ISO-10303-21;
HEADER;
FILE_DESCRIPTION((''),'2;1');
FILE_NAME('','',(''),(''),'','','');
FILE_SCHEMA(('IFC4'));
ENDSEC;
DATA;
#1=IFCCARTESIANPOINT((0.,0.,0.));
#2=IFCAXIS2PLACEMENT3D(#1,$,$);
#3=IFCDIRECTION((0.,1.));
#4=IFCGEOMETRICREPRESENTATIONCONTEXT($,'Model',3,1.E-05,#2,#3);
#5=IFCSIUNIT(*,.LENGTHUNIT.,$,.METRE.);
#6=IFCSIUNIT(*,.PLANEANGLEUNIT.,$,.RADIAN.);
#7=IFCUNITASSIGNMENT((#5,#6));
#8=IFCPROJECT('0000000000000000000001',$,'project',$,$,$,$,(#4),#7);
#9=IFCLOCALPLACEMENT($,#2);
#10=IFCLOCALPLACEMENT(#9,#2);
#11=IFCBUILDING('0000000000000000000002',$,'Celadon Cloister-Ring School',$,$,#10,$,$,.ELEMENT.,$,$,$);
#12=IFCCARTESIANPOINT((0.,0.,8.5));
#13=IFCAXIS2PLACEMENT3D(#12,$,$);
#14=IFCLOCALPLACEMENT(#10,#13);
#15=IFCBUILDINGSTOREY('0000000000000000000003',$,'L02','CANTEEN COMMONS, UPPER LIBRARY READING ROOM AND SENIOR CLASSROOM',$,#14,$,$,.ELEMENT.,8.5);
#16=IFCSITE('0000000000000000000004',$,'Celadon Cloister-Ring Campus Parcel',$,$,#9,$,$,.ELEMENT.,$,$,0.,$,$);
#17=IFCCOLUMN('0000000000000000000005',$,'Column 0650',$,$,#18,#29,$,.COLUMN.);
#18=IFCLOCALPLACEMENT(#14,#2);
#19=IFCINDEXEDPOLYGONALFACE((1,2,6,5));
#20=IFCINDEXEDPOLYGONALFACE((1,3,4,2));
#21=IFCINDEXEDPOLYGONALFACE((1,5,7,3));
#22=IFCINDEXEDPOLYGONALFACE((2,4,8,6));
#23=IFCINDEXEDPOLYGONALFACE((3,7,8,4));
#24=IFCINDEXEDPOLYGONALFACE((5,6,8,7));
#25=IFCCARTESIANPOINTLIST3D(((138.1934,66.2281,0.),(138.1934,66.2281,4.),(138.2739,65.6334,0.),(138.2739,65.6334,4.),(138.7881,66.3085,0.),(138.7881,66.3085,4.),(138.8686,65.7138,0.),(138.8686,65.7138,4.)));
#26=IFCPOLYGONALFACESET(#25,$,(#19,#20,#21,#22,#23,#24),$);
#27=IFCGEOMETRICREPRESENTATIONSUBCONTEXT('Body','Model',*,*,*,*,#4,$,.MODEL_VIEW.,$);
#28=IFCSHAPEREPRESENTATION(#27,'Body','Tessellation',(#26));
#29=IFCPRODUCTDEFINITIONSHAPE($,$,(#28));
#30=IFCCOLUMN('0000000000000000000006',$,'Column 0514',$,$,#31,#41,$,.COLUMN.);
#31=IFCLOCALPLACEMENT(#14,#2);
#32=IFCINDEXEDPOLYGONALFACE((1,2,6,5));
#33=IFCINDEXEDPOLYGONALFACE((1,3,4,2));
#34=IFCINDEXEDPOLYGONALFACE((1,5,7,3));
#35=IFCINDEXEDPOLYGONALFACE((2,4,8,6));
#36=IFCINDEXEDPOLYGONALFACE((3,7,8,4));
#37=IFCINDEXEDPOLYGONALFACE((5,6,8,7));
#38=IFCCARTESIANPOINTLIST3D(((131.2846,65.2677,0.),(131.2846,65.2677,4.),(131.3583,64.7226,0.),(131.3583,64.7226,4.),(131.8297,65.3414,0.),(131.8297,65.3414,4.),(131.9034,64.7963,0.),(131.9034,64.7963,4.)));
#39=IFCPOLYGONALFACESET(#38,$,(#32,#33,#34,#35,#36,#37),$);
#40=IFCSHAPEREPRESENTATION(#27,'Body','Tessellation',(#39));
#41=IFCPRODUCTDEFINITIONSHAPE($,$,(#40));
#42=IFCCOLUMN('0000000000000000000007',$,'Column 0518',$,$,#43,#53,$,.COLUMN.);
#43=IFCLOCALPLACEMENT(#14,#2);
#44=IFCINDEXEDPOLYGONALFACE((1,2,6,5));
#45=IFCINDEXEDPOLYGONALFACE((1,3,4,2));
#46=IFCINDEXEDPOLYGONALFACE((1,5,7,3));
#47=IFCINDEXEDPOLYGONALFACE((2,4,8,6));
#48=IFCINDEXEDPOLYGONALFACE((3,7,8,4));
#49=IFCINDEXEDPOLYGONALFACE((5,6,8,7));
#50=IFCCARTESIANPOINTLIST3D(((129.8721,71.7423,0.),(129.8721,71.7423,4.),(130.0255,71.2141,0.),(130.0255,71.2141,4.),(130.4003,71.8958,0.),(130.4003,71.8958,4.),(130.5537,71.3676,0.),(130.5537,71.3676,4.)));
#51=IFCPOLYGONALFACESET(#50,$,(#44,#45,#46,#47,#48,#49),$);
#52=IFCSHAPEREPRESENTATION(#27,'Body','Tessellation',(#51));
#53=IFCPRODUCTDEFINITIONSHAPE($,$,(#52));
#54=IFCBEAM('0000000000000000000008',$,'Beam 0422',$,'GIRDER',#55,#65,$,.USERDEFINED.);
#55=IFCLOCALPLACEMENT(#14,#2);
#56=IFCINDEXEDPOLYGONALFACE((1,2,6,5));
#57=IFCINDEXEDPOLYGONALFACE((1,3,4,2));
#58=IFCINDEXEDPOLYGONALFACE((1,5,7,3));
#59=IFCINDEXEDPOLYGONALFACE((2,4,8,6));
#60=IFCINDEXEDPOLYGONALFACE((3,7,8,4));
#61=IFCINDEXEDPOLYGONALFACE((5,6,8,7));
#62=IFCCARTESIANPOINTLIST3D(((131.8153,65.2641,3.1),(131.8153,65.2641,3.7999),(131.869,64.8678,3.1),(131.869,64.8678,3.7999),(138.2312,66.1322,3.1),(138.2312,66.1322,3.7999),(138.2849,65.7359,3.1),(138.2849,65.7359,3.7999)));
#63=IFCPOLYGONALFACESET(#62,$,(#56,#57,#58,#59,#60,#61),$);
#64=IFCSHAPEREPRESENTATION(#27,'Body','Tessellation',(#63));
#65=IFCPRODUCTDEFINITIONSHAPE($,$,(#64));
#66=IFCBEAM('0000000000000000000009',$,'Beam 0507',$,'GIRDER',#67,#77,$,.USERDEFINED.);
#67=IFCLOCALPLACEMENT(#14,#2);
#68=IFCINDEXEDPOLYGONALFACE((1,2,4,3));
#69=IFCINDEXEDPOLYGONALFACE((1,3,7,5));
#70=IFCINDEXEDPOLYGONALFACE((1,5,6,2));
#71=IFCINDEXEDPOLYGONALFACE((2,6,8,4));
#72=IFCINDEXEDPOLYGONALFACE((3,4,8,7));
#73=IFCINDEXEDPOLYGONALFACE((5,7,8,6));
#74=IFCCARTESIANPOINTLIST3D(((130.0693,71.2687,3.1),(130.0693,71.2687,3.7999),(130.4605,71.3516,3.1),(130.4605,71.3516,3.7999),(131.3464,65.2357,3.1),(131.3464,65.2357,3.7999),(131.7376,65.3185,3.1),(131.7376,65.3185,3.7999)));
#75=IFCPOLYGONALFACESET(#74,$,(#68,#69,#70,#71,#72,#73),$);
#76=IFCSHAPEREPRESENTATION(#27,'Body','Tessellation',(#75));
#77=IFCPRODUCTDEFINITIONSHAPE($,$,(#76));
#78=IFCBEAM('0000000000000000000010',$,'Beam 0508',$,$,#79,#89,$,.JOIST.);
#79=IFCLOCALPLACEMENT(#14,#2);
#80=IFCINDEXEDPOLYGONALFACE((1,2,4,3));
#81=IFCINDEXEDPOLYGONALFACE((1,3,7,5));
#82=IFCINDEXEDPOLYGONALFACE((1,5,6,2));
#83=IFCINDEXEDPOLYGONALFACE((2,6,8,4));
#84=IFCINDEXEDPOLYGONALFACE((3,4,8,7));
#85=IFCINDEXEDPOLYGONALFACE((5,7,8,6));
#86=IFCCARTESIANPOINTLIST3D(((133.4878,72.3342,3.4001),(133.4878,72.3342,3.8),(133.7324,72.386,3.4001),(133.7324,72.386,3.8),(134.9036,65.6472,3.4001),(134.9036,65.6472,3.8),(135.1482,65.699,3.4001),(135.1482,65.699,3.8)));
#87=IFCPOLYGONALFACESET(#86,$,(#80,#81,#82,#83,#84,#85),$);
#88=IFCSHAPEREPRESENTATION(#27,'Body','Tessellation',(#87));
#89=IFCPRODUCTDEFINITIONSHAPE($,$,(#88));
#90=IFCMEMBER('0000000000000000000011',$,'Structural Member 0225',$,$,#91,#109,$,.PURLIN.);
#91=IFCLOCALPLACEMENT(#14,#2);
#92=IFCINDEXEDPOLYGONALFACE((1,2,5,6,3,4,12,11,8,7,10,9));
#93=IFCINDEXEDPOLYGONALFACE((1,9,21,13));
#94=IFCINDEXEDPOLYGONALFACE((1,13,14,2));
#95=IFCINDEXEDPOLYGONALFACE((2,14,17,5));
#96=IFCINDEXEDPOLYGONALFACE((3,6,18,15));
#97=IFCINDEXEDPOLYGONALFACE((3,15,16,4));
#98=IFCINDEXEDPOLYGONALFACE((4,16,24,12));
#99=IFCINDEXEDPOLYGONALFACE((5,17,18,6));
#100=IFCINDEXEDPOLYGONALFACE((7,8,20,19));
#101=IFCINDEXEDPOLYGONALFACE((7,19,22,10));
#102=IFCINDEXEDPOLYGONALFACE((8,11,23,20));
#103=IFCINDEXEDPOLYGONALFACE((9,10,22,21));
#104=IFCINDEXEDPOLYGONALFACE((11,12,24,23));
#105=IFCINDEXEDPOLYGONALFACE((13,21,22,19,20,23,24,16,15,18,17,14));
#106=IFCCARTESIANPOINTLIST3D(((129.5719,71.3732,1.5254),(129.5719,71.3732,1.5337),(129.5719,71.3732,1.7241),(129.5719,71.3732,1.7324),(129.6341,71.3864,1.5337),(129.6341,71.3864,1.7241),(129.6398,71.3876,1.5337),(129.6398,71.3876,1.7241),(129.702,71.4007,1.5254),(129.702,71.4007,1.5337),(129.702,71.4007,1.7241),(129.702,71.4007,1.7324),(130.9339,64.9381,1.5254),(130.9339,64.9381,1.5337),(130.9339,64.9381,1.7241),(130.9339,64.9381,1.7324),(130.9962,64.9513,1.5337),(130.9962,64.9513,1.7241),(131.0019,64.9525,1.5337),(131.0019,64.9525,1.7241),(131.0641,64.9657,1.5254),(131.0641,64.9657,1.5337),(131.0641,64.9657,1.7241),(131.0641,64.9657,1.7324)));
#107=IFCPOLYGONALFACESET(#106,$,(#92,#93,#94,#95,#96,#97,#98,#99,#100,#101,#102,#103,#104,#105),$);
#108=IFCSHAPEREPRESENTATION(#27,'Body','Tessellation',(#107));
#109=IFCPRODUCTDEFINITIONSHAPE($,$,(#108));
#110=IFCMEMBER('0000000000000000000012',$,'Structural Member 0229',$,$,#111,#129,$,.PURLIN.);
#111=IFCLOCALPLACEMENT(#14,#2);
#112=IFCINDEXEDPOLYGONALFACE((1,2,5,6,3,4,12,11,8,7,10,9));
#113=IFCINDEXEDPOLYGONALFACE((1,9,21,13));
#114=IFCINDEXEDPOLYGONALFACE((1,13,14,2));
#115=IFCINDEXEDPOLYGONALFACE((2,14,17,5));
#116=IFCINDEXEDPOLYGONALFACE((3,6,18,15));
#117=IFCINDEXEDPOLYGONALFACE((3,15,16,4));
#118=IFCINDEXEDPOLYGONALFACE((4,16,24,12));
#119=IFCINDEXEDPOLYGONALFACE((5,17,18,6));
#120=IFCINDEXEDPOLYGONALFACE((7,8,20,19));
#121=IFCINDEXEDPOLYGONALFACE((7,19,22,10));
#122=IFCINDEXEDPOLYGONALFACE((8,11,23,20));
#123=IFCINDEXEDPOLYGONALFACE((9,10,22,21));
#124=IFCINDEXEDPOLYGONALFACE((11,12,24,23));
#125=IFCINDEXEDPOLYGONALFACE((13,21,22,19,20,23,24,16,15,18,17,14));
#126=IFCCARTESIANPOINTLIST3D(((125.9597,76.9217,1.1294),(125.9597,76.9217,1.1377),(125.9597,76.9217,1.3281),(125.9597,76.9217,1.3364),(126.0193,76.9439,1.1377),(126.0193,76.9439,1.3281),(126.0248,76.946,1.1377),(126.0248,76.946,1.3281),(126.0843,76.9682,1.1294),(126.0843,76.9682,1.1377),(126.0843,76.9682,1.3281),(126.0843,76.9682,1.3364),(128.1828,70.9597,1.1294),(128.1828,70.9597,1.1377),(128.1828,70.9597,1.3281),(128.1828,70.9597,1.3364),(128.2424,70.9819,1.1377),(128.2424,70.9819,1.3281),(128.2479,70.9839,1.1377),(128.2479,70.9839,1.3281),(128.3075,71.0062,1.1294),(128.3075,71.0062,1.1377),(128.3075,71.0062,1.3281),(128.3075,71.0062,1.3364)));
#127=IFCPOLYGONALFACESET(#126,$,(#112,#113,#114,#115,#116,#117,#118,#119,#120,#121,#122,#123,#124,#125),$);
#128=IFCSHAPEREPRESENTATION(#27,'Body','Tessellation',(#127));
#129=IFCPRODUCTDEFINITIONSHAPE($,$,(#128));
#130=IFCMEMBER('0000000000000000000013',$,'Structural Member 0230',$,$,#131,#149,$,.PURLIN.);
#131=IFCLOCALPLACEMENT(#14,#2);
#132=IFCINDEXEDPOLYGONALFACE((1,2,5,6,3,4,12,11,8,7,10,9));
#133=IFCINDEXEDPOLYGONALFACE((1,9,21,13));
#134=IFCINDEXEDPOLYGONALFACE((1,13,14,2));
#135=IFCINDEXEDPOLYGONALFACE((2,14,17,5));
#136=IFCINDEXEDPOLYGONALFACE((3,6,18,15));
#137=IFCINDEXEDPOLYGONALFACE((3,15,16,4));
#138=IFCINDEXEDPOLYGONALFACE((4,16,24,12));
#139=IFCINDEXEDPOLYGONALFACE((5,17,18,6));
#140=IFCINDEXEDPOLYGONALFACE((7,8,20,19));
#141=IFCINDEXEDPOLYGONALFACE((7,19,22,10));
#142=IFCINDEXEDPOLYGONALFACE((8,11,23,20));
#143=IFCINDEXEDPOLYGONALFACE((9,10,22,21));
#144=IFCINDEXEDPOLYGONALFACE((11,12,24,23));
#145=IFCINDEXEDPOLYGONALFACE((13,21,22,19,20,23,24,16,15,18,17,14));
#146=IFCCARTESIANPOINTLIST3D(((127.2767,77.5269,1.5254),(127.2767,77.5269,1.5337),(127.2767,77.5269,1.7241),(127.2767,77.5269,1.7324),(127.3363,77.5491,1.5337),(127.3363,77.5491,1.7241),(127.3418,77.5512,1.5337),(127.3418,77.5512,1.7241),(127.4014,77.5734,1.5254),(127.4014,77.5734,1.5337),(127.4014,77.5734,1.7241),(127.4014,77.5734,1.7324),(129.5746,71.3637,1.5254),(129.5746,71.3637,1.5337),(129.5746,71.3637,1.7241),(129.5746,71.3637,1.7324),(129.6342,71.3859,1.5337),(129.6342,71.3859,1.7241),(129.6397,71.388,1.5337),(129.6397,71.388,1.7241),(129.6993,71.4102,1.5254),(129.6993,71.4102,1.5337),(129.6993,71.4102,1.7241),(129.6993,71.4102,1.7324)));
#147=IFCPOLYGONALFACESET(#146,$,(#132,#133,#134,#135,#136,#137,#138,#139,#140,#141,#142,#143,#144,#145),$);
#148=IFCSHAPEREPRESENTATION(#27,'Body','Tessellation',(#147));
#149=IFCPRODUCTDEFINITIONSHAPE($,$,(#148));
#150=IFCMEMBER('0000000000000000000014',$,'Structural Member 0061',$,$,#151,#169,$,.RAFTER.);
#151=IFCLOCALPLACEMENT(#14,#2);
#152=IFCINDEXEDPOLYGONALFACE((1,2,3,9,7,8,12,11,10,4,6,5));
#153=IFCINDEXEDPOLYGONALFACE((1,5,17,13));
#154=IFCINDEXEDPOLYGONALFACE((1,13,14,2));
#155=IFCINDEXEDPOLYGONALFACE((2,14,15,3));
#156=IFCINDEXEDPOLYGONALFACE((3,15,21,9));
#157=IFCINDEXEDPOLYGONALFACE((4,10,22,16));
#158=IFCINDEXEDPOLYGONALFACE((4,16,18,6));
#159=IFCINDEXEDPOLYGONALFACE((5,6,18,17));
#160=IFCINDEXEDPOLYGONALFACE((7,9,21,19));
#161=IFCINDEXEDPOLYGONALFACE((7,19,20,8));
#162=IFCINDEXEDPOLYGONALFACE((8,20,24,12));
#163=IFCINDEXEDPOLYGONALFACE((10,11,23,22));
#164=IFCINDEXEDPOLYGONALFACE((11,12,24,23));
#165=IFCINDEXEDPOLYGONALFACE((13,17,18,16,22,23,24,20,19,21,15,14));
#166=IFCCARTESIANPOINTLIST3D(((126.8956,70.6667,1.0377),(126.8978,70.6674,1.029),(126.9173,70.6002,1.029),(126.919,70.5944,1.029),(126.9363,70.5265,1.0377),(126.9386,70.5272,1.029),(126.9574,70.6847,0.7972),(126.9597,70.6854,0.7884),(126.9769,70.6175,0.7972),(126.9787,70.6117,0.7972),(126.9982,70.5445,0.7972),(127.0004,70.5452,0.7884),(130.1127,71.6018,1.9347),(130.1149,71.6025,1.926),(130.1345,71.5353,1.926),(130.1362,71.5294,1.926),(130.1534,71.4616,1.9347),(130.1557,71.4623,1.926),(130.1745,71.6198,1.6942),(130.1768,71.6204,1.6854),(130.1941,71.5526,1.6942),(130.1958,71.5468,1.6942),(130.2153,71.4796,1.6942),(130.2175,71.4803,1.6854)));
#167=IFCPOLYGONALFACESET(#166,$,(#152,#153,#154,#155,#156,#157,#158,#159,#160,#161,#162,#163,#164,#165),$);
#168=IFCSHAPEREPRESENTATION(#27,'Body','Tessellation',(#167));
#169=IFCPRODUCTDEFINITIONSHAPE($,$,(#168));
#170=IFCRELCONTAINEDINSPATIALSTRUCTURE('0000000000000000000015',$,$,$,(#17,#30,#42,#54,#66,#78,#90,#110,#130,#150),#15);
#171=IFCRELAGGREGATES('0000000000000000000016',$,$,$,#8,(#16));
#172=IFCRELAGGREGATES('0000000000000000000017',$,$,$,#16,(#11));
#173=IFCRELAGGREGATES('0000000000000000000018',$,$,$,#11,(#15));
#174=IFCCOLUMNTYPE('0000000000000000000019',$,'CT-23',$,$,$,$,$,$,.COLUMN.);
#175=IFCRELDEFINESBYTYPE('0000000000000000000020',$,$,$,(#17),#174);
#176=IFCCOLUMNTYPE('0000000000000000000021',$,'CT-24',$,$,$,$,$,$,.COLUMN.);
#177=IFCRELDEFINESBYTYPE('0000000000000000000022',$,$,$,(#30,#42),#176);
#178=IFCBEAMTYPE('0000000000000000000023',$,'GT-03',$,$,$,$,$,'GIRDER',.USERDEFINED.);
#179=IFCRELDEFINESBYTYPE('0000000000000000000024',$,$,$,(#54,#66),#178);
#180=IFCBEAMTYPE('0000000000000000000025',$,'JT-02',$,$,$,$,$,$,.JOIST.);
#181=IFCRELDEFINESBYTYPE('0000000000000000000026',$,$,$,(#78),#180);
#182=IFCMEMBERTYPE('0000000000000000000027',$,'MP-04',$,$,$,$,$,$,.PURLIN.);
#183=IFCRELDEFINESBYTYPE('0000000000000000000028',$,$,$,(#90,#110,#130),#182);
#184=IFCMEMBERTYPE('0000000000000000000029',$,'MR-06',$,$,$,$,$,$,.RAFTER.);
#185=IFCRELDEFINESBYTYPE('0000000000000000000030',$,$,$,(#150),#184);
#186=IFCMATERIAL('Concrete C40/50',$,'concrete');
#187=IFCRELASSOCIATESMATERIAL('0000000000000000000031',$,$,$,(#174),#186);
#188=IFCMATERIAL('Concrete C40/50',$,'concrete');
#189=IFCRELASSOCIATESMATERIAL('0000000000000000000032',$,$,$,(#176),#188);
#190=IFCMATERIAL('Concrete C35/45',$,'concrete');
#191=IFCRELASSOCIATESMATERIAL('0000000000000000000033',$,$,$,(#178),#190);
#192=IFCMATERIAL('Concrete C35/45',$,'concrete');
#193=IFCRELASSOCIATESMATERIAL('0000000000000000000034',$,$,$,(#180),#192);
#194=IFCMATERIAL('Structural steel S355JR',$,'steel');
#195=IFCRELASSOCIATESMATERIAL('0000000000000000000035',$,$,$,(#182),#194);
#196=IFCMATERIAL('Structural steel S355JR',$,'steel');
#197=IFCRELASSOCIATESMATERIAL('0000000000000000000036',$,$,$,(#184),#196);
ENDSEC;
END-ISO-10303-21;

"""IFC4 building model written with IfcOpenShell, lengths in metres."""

from ifc_helpers import new_model, si_unit, direction, frame, origin, origin_2d, place, context, subcontext, project, spatial, rectangle, i_section, extrude, material, material_profile, profile_set, type_object, element, save


model = new_model("IFC4")

# Units and contexts
model_context = context("Model", 3, precision=1e-05, world=origin(), true_north=direction((0.0, 1.0)))
body_context = subcontext(model_context, "Body", "Model", "MODEL_VIEW")
ifc_project = project(units=[si_unit("LENGTHUNIT", "METRE"), si_unit("PLANEANGLEUNIT", "RADIAN")], contexts=[model_context])

# Site, building, storey
site_placement = place(None, origin())
site = spatial("IfcSite", under=ifc_project, at=site_placement, Name="Celadon Cloister-Ring Campus Parcel", CompositionType="ELEMENT", RefElevation=0.0)
building_placement = place(site_placement, origin())
building = spatial("IfcBuilding", under=site, at=building_placement, Name="Celadon Cloister-Ring School", CompositionType="ELEMENT")
storey_placement = place(building_placement, frame((0.0, 0.0, 8.5)))
storey = spatial("IfcBuildingStorey", under=building, at=storey_placement, Name="L02", Description="CANTEEN COMMONS, UPPER LIBRARY READING ROOM AND SENIOR CLASSROOM", CompositionType="ELEMENT", Elevation=8.5)

# Columns
ifc_material_1 = material(Name="Concrete C40/50", Category="concrete")
ifc_material_profile_1 = material_profile(ifc_material_1, rectangle(XDim=0.6001, YDim=0.6001, at=origin_2d()), Name="RC600X600")
ifc_profile_set_1 = profile_set([ifc_material_profile_1], Name="Concrete C40/50")
column_type_1 = type_object("IfcColumnType", Name="CT-23", PredefinedType="COLUMN", material=ifc_profile_set_1)
column_placement = place(storey_placement, frame((138.531, 65.9709, 0.0), z_axis=(0.0, 0.0, 1.0), x_axis=(0.990974, 0.134055, 0.0)))
element("IfcColumn", 1, at=column_placement, inside=storey, type_object=column_type_1, Name="Column 0650", PredefinedType="COLUMN", context=body_context, shape_type="SweptSolid", body=[
    extrude(rectangle(XDim=0.6001, YDim=0.6001, at=origin_2d()), origin(), (0.0, 0.0, 1.0), 4.0),
])
ifc_material_2 = material(Name="Concrete C40/50", Category="concrete")
ifc_material_profile_2 = material_profile(ifc_material_2, rectangle(XDim=0.55, YDim=0.55, at=origin_2d()), Name="RC550X550")
ifc_profile_set_2 = profile_set([ifc_material_profile_2], Name="Concrete C40/50")
column_type_2 = type_object("IfcColumnType", Name="CT-24", PredefinedType="COLUMN", material=ifc_profile_set_2)
for number, where, z_axis, x_axis, name in (
    (2, (131.594, 65.032, 0.0), (0.0, 0.0, 1.0), (0.990974, 0.134055, 0.0), "Column 0514"),
    (3, (130.2129, 71.5549, 0.0), (0.0, 0.0, 1.0), (0.960294, 0.278991, 0.0), "Column 0518"),
):
    element("IfcColumn", number, at=place(storey_placement, frame(where, z_axis=z_axis, x_axis=x_axis)), inside=storey, type_object=column_type_2, Name=name, PredefinedType="COLUMN", context=body_context, shape_type="SweptSolid", body=[
        extrude(rectangle(XDim=0.55, YDim=0.55, at=origin_2d()), origin(), (0.0, 0.0, 1.0), 4.0),
    ])

# Beams
ifc_material_3 = material(Name="Concrete C35/45", Category="concrete")
ifc_material_profile_3 = material_profile(ifc_material_3, rectangle(XDim=0.3999, YDim=0.7, at=origin_2d()), Name="RC400X700")
ifc_profile_set_3 = profile_set([ifc_material_profile_3], Name="Concrete C35/45")
beam_type_1 = type_object("IfcBeamType", Name="GT-03", ElementType="GIRDER", PredefinedType="USERDEFINED", material=ifc_profile_set_3)
beam_1_placement = place(storey_placement, frame((138.2581, 65.9341, 3.45), z_axis=(-0.990969, -0.13409, 0.0), x_axis=(0.13409, -0.990969, 0.0)))
element("IfcBeam", 4, at=beam_1_placement, inside=storey, type_object=beam_type_1, Name="Beam 0422", ObjectType="GIRDER", PredefinedType="USERDEFINED", context=body_context, shape_type="SweptSolid", body=[
    extrude(rectangle(XDim=0.3999, YDim=0.7, at=origin_2d()), origin(), (0.0, 0.0, 1.0), 6.4744),
])
beam_2_placement = place(storey_placement, frame((131.542, 65.2771, 3.45), z_axis=(-0.207098, 0.97832, 0.0), x_axis=(-0.97832, -0.207098, 0.0)))
element("IfcBeam", 5, at=beam_2_placement, inside=storey, type_object=beam_type_1, Name="Beam 0507", ObjectType="GIRDER", PredefinedType="USERDEFINED", context=body_context, shape_type="SweptSolid", body=[
    extrude(rectangle(XDim=0.3999, YDim=0.7, at=origin_2d()), origin(), (0.0, 0.0, 1.0), 6.1667),
])
ifc_material_4 = material(Name="Concrete C35/45", Category="concrete")
ifc_material_profile_4 = material_profile(ifc_material_4, rectangle(XDim=0.25, YDim=0.3999, at=origin_2d()), Name="RC250X400")
ifc_profile_set_4 = profile_set([ifc_material_profile_4], Name="Concrete C35/45")
beam_type_2 = type_object("IfcBeamType", Name="JT-02", PredefinedType="JOIST", material=ifc_profile_set_4)
beam_3_placement = place(storey_placement, frame((135.0259, 65.6731, 3.6001), z_axis=(-0.207128, 0.978314, 0.0), x_axis=(-0.978314, -0.207128, 0.0)))
element("IfcBeam", 6, at=beam_3_placement, inside=storey, type_object=beam_type_2, Name="Beam 0508", PredefinedType="JOIST", context=body_context, shape_type="SweptSolid", body=[
    extrude(rectangle(XDim=0.25, YDim=0.3999, at=origin_2d()), origin(), (0.0, 0.0, 1.0), 6.8352),
])

# Members
ifc_material_5 = material(Name="Structural steel S355JR", Category="steel")
ifc_material_profile_5 = material_profile(ifc_material_5, i_section(OverallWidth=0.1331, OverallDepth=0.207, WebThickness=0.0059, FlangeThickness=0.0083, at=origin_2d()), Name="W200X27")
ifc_profile_set_5 = profile_set([ifc_material_profile_5], Name="Structural steel S355JR")
member_type_1 = type_object("IfcMemberType", Name="MP-04", PredefinedType="PURLIN", material=ifc_profile_set_5)
member_1_placement = place(storey_placement, frame((130.999, 64.9519, 1.6289), z_axis=(-0.207075, 0.978325, 0.0), x_axis=(-0.978325, -0.207075, 0.0)))
element("IfcMember", 7, at=member_1_placement, inside=storey, type_object=member_type_1, Name="Structural Member 0225", PredefinedType="PURLIN", context=body_context, shape_type="SweptSolid", body=[
    extrude(i_section(OverallWidth=0.1331, OverallDepth=0.207, WebThickness=0.0059, FlangeThickness=0.0083, at=origin_2d()), origin(), (0.0, 0.0, 1.0), 6.5776),
])
member_2_placement = place(storey_placement, frame((128.2451, 70.9829, 1.2329), z_axis=(-0.349378, 0.936982, 0.0), x_axis=(-0.936982, -0.349378, 0.0)))
element("IfcMember", 8, at=member_2_placement, inside=storey, type_object=member_type_1, Name="Structural Member 0229", PredefinedType="PURLIN", context=body_context, shape_type="SweptSolid", body=[
    extrude(i_section(OverallWidth=0.1331, OverallDepth=0.207, WebThickness=0.0059, FlangeThickness=0.0083, at=origin_2d()), origin(), (0.0, 0.0, 1.0), 6.363),
])
member_3_placement = place(storey_placement, frame((129.637, 71.387, 1.6289), z_axis=(-0.349349, 0.936993, 0.0), x_axis=(-0.936993, -0.349349, 0.0)))
element("IfcMember", 9, at=member_3_placement, inside=storey, type_object=member_type_1, Name="Structural Member 0230", PredefinedType="PURLIN", context=body_context, shape_type="SweptSolid", body=[
    extrude(i_section(OverallWidth=0.1331, OverallDepth=0.207, WebThickness=0.0059, FlangeThickness=0.0083, at=origin_2d()), origin(), (0.0, 0.0, 1.0), 6.5776),
])
ifc_material_6 = material(Name="Structural steel S355JR", Category="steel")
ifc_material_profile_6 = material_profile(ifc_material_6, i_section(OverallWidth=0.146, OverallDepth=0.2581, WebThickness=0.0061, FlangeThickness=0.009, at=origin_2d()), Name="W250X33")
ifc_profile_set_6 = profile_set([ifc_material_profile_6], Name="Structural steel S355JR")
member_type_2 = type_object("IfcMemberType", Name="MR-06", PredefinedType="RAFTER", material=ifc_profile_set_6)
member_4_placement = place(storey_placement, frame((126.948, 70.606, 0.9131), z_axis=(0.927589, 0.269611, 0.258629), x_axis=(-0.279107, 0.96026, 0.0)))
element("IfcMember", 10, at=member_4_placement, inside=storey, type_object=member_type_2, Name="Structural Member 0061", PredefinedType="RAFTER", context=body_context, shape_type="SweptSolid", body=[
    extrude(i_section(OverallWidth=0.146, OverallDepth=0.2581, WebThickness=0.0061, FlangeThickness=0.009, at=origin_2d()), origin(), (0.0, 0.0, 1.0), 3.4683),
])

save(model, "model.ifc")
